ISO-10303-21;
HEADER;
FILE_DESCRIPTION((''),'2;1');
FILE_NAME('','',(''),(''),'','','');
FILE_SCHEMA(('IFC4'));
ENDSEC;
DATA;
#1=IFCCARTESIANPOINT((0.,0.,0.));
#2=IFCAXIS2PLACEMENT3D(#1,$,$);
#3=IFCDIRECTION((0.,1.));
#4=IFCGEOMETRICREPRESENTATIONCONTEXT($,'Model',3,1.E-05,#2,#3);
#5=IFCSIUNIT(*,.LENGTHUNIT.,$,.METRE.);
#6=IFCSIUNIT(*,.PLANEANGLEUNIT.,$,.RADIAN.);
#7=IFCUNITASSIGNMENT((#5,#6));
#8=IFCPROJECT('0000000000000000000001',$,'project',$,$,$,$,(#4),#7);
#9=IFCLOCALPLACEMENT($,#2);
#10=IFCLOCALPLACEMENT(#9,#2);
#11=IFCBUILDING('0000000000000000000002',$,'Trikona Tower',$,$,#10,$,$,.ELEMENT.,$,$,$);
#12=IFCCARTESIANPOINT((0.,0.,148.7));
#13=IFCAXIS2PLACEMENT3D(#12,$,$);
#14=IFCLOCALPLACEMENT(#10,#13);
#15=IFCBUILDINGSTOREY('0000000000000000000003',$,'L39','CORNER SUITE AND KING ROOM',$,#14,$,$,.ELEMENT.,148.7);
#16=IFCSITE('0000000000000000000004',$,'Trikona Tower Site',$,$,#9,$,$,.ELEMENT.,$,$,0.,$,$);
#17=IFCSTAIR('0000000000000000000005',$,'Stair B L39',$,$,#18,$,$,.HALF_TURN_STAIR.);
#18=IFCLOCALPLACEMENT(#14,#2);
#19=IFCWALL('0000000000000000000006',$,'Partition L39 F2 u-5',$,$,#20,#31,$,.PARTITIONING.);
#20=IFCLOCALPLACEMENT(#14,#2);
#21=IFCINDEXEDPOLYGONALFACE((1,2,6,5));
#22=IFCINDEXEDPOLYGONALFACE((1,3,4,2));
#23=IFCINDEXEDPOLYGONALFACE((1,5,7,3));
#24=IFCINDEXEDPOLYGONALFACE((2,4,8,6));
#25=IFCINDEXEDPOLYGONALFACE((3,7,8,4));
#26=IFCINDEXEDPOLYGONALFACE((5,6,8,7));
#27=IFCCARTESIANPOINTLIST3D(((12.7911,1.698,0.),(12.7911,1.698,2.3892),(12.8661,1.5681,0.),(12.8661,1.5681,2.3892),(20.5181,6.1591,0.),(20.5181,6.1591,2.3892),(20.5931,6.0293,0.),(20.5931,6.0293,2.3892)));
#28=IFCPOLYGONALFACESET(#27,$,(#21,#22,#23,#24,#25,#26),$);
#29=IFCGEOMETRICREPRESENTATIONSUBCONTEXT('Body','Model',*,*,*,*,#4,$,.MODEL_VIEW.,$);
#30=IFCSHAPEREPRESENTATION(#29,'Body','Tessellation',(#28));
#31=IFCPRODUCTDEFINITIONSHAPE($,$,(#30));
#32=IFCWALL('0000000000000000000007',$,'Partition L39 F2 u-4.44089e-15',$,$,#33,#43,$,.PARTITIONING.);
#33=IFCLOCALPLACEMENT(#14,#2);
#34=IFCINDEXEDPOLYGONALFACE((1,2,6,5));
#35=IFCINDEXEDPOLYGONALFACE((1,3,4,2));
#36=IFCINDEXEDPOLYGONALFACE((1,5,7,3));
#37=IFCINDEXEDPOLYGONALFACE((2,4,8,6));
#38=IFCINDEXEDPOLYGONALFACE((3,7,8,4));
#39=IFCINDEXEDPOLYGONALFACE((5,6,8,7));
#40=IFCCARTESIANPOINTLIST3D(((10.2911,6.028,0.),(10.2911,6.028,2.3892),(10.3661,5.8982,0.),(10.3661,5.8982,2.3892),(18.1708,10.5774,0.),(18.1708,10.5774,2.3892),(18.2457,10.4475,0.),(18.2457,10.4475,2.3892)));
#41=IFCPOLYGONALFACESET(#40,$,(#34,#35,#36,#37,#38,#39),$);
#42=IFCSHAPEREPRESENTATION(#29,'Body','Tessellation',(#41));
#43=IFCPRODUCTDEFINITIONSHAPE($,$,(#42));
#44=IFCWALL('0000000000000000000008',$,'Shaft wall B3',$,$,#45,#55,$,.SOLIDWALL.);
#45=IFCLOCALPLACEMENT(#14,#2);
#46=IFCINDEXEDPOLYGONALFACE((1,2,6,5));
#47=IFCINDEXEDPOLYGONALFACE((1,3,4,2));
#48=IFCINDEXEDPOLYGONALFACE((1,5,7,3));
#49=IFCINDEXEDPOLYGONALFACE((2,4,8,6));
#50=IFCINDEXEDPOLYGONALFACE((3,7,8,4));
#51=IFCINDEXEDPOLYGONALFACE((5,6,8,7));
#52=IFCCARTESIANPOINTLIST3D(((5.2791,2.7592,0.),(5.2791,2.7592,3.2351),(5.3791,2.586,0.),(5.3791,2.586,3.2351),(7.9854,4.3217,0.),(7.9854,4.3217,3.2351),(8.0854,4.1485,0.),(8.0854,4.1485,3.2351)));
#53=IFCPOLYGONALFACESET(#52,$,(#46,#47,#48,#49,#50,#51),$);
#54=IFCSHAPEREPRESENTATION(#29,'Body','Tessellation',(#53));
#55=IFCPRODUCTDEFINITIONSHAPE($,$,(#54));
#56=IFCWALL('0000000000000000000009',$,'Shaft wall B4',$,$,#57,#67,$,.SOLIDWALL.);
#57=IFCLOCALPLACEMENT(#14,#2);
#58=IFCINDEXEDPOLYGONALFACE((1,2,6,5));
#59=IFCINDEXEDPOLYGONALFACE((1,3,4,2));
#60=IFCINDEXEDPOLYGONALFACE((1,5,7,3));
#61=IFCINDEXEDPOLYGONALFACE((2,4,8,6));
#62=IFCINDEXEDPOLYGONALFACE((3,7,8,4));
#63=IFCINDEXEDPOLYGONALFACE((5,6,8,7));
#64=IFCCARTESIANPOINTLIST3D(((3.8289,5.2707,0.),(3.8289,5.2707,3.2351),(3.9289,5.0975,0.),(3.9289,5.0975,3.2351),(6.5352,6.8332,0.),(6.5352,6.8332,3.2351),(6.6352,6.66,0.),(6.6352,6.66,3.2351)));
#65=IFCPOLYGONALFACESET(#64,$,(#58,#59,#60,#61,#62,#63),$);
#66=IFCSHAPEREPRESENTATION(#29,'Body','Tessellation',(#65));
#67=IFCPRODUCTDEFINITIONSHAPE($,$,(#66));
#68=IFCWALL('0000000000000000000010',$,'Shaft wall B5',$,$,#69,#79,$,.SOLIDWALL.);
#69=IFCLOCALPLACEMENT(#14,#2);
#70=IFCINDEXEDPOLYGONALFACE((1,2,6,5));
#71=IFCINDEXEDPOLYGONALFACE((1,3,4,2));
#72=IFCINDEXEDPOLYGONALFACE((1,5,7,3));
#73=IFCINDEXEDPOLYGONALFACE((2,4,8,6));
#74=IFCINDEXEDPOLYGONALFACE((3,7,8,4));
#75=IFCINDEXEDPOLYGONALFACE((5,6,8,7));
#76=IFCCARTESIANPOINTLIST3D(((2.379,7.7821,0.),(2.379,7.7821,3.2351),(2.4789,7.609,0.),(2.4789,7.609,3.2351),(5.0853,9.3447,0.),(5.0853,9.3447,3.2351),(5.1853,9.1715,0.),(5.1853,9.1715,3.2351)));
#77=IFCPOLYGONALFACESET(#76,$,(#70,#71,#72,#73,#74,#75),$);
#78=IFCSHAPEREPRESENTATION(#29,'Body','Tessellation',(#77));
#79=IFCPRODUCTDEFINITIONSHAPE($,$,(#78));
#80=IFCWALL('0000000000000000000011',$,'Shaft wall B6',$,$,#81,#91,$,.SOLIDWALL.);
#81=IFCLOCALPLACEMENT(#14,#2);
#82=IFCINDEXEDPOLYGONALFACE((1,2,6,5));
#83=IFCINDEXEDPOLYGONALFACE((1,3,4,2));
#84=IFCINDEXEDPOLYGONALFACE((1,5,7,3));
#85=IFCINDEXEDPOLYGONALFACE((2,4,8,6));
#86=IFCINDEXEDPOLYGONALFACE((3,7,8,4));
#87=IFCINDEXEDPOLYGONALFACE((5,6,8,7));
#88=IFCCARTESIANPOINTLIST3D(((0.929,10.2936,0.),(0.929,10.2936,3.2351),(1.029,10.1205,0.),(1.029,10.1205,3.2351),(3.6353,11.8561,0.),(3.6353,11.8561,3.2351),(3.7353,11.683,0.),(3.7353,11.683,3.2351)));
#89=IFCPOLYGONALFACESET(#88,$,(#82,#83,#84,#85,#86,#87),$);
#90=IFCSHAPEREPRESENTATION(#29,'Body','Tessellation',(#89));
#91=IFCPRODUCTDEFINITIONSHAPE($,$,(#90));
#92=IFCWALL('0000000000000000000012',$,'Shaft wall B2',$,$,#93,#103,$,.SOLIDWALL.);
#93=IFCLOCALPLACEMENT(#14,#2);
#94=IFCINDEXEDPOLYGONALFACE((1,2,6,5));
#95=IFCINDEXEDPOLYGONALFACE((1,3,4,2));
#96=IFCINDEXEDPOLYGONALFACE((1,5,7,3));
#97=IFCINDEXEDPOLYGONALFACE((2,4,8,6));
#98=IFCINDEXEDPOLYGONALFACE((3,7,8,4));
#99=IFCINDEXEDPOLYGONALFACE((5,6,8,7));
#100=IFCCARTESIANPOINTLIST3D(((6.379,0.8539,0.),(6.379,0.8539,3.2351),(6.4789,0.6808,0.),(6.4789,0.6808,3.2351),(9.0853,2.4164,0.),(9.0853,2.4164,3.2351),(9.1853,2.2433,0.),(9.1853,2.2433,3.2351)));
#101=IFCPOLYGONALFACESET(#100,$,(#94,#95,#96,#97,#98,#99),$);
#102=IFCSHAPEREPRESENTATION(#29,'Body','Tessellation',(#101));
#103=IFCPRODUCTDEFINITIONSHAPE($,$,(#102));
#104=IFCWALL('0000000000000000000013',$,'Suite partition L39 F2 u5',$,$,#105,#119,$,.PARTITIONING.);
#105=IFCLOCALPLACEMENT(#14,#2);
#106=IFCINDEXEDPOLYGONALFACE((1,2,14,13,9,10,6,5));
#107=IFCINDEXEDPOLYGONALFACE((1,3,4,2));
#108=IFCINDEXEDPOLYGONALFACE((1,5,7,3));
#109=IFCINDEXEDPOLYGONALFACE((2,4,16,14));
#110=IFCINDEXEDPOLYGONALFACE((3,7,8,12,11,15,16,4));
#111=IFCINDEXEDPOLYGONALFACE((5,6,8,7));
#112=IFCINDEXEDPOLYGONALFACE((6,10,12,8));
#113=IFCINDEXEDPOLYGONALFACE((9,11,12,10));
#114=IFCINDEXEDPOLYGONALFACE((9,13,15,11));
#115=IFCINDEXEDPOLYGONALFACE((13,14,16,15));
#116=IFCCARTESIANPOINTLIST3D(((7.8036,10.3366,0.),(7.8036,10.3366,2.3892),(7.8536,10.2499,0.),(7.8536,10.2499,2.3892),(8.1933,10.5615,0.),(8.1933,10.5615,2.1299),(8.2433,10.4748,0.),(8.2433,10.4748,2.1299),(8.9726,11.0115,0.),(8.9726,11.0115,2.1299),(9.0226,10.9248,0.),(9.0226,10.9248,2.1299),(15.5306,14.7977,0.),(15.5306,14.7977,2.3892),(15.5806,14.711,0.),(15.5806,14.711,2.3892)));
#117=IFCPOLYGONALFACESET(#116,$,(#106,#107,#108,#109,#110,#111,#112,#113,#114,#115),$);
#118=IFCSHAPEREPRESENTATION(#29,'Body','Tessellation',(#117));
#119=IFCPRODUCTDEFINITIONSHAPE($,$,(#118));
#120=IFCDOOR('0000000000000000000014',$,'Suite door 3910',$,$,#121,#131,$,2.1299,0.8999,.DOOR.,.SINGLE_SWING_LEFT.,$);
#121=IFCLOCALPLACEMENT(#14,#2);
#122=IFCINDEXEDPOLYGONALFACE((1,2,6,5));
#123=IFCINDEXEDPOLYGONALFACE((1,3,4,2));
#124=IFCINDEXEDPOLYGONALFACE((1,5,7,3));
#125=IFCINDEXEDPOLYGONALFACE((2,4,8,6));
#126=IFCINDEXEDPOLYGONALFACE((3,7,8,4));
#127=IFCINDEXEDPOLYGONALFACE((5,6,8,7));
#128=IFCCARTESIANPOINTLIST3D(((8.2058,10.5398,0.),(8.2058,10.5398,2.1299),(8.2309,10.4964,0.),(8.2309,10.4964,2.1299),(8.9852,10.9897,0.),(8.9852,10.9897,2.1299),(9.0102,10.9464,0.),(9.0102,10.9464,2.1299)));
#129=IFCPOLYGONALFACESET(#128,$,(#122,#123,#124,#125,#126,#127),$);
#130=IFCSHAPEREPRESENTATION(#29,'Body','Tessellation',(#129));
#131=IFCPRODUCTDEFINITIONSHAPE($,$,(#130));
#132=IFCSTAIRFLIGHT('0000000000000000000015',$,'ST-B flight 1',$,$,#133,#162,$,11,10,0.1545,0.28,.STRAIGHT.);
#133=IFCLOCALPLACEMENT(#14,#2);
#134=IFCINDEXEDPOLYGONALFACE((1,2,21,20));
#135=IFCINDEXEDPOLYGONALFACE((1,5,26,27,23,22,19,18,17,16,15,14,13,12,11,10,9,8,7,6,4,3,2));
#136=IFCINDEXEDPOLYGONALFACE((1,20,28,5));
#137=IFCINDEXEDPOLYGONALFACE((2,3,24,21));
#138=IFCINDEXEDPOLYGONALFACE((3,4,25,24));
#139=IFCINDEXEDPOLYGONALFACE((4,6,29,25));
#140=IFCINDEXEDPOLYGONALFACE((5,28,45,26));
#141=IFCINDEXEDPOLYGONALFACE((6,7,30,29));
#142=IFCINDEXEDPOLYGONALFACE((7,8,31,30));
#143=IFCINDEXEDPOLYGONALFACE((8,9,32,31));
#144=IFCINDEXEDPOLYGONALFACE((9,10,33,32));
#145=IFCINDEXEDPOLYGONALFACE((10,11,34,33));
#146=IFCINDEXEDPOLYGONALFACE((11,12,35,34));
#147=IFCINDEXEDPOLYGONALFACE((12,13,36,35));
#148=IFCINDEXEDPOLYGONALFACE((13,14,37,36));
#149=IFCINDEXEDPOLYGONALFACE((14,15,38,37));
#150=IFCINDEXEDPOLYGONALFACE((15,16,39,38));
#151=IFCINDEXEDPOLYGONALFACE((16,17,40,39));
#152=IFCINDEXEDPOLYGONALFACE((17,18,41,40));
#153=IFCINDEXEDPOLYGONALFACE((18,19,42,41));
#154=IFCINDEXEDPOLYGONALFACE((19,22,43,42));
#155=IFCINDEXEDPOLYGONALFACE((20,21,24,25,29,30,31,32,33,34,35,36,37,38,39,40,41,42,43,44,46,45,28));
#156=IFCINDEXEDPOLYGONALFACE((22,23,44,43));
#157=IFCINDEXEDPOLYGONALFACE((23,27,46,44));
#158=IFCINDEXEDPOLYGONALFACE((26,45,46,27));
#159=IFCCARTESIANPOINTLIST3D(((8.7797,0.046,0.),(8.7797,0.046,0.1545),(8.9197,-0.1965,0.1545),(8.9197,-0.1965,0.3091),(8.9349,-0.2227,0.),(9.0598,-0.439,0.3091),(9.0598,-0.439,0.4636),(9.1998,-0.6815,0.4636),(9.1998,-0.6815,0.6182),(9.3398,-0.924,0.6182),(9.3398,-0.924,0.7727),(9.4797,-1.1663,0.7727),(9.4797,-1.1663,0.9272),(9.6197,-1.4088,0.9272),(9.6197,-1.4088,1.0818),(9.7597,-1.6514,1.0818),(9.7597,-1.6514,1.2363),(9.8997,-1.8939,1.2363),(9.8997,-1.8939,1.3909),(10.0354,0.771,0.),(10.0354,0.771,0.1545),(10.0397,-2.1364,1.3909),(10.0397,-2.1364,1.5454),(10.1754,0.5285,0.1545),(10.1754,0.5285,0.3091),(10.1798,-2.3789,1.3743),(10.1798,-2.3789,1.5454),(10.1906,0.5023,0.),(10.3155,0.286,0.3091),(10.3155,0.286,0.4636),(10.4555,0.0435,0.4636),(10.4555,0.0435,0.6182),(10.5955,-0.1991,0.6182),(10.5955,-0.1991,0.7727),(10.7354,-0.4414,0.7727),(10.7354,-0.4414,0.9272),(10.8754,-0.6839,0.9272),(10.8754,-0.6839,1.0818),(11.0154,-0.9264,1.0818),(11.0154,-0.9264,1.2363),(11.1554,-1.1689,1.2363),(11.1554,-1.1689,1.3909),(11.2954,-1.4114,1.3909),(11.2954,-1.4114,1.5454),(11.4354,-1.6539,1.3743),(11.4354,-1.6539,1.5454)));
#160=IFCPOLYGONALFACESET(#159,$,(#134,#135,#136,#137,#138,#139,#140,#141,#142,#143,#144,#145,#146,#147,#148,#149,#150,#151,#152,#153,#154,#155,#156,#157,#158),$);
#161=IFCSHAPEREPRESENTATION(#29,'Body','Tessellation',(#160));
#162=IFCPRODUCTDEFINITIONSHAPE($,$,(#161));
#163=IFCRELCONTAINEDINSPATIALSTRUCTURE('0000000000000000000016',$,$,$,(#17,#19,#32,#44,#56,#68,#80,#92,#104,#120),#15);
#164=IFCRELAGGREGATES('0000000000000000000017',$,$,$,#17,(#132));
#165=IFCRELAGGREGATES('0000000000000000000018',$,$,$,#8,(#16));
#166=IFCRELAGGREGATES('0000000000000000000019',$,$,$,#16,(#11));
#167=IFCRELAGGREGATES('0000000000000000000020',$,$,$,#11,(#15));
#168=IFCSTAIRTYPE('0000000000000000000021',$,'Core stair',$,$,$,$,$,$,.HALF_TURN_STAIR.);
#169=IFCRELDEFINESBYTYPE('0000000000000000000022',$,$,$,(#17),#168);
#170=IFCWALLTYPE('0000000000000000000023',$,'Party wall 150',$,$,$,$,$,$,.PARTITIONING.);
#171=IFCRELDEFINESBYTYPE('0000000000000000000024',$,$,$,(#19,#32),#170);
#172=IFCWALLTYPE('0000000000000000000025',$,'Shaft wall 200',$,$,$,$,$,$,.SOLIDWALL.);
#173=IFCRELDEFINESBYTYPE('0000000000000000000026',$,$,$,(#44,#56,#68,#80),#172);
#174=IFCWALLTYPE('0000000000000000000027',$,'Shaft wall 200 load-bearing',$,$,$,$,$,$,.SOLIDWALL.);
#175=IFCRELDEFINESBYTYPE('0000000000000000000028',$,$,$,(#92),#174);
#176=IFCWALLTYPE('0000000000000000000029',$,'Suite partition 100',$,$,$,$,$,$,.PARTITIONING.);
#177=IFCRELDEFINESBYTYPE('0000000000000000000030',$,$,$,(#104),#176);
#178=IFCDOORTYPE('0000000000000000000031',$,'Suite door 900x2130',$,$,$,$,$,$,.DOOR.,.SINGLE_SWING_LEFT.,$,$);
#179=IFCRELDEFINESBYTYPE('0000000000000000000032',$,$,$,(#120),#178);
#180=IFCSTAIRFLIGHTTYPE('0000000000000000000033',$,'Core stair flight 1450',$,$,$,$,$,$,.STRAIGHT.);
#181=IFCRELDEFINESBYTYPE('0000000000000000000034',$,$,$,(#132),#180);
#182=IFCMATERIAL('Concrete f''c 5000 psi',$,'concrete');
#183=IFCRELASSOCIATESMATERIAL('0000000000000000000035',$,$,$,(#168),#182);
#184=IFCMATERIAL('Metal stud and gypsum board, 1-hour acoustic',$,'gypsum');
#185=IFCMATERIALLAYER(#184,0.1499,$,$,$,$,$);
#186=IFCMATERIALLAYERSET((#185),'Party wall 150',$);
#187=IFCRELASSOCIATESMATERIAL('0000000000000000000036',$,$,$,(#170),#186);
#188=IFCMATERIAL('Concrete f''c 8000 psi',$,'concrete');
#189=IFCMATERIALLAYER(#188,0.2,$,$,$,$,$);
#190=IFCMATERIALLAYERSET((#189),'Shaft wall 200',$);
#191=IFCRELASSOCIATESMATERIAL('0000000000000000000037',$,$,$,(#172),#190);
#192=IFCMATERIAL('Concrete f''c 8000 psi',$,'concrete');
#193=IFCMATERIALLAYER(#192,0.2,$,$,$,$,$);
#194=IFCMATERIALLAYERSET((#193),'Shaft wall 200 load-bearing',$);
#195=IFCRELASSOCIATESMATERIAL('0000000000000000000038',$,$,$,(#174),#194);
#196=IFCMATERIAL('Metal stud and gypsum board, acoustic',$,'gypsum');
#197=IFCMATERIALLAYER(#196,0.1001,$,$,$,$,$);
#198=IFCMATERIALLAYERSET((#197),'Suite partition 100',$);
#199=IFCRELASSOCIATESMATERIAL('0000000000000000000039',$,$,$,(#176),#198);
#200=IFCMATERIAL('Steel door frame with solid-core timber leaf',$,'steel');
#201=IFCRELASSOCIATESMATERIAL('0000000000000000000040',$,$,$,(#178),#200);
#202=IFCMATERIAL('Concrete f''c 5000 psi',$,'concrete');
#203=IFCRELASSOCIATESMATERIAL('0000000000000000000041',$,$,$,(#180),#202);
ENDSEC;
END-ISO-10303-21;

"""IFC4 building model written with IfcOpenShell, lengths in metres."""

from ifc_helpers import new_model, si_unit, direction, frame, frame_2d, origin, place, context, subcontext, project, spatial, polyline, rectangle, outline, extrude, material, layer, layer_set, type_object, element, fill, aggregate, save


model = new_model("IFC4")

# Units and contexts
model_context = context("Model", 3, precision=1e-05, world=origin(), true_north=direction((0.0, 1.0)))
body_context = subcontext(model_context, "Body", "Model", "MODEL_VIEW")
ifc_project = project(units=[si_unit("LENGTHUNIT", "METRE"), si_unit("PLANEANGLEUNIT", "RADIAN")], contexts=[model_context])

# Site, building, storey
site_placement = place(None, origin())
site = spatial("IfcSite", under=ifc_project, at=site_placement, Name="Trikona Tower Site", CompositionType="ELEMENT", RefElevation=0.0)
building_placement = place(site_placement, origin())
building = spatial("IfcBuilding", under=site, at=building_placement, Name="Trikona Tower", CompositionType="ELEMENT")
storey_placement = place(building_placement, frame((0.0, 0.0, 148.7)))
storey = spatial("IfcBuildingStorey", under=building, at=storey_placement, Name="L39", Description="CORNER SUITE AND KING ROOM", CompositionType="ELEMENT", Elevation=148.7)

# Stair
ifc_material_1 = material(Name="Concrete f'c 5000 psi", Category="concrete")
stair_type = type_object("IfcStairType", Name="Core stair", PredefinedType="HALF_TURN_STAIR", material=ifc_material_1)
stair_1_placement = place(storey_placement, origin())
stair_1 = element("IfcStair", 1, at=stair_1_placement, inside=storey, type_object=stair_type, Name="Stair B L39", PredefinedType="HALF_TURN_STAIR")

# Walls
ifc_material_2 = material(Name="Metal stud and gypsum board, 1-hour acoustic", Category="gypsum")
ifc_layer_1 = layer(ifc_material_2, 0.1499)
ifc_layer_set_1 = layer_set([ifc_layer_1], Name="Party wall 150")
wall_type_1 = type_object("IfcWallType", Name="Party wall 150", PredefinedType="PARTITIONING", material=ifc_layer_set_1)
wall_1_placement = place(storey_placement, frame((12.8286, 1.6331, 0.0), z_axis=(0.0, 0.0, 1.0), x_axis=(0.866027, 0.499997, 0.0)))
element("IfcWall", 2, at=wall_1_placement, inside=storey, type_object=wall_type_1, Name="Partition L39 F2 u-5", PredefinedType="PARTITIONING", context=body_context, shape_type="SweptSolid", body=[
    extrude(rectangle(XDim=8.9224, YDim=0.1499, at=frame_2d((4.4612, 0.0))), origin(), (0.0, 0.0, 1.0), 2.3892),
])
wall_2_placement = place(storey_placement, frame((10.3286, 5.9631, 0.0), z_axis=(0.0, 0.0, 1.0), x_axis=(0.866025, 0.5, 0.0)))
element("IfcWall", 3, at=wall_2_placement, inside=storey, type_object=wall_type_1, Name="Partition L39 F2 u-4.44089e-15", PredefinedType="PARTITIONING", context=body_context, shape_type="SweptSolid", body=[
    extrude(rectangle(XDim=9.0986, YDim=0.1499, at=frame_2d((4.5493, 0.0))), origin(), (0.0, 0.0, 1.0), 2.3892),
])
ifc_material_3 = material(Name="Concrete f'c 8000 psi", Category="concrete")
ifc_layer_2 = layer(ifc_material_3, 0.2)
ifc_layer_set_2 = layer_set([ifc_layer_2], Name="Shaft wall 200")
wall_type_2 = type_object("IfcWallType", Name="Shaft wall 200", PredefinedType="SOLIDWALL", material=ifc_layer_set_2)
for number, where, z_axis, x_axis, name in (
    (4, (5.3291, 2.6726, 0.0), (0.0, 0.0, 1.0), (0.866023, 0.500004, 0.0), "Shaft wall B3"),
    (5, (3.8789, 5.1841, 0.0), (0.0, 0.0, 1.0), (0.866023, 0.500004, 0.0), "Shaft wall B4"),
    (6, (2.429, 7.6956, 0.0), (0.0, 0.0, 1.0), (0.866023, 0.500004, 0.0), "Shaft wall B5"),
    (7, (0.979, 10.207, 0.0), (0.0, 0.0, 1.0), (0.866023, 0.500004, 0.0), "Shaft wall B6"),
):
    element("IfcWall", number, at=place(storey_placement, frame(where, z_axis=z_axis, x_axis=x_axis)), inside=storey, type_object=wall_type_2, Name=name, PredefinedType="SOLIDWALL", context=body_context, shape_type="SweptSolid", body=[
        extrude(rectangle(XDim=3.125, YDim=0.2, at=frame_2d((1.5625, 0.0))), origin(), (0.0, 0.0, 1.0), 3.2351),
    ])
ifc_material_4 = material(Name="Concrete f'c 8000 psi", Category="concrete")
ifc_layer_3 = layer(ifc_material_4, 0.2)
ifc_layer_set_3 = layer_set([ifc_layer_3], Name="Shaft wall 200 load-bearing")
wall_type_3 = type_object("IfcWallType", Name="Shaft wall 200 load-bearing", PredefinedType="SOLIDWALL", material=ifc_layer_set_3)
wall_3_placement = place(storey_placement, frame((6.429, 0.7673, 0.0), z_axis=(0.0, 0.0, 1.0), x_axis=(0.866023, 0.500004, 0.0)))
element("IfcWall", 8, at=wall_3_placement, inside=storey, type_object=wall_type_3, Name="Shaft wall B2", PredefinedType="SOLIDWALL", context=body_context, shape_type="SweptSolid", body=[
    extrude(rectangle(XDim=3.125, YDim=0.2, at=frame_2d((1.5625, 0.0))), origin(), (0.0, 0.0, 1.0), 3.2351),
])

# Wall, opening, door
ifc_material_5 = material(Name="Metal stud and gypsum board, acoustic", Category="gypsum")
ifc_layer_4 = layer(ifc_material_5, 0.1001)
ifc_layer_set_4 = layer_set([ifc_layer_4], Name="Suite partition 100")
wall_type_4 = type_object("IfcWallType", Name="Suite partition 100", PredefinedType="PARTITIONING", material=ifc_layer_set_4)
wall_4_placement = place(storey_placement, frame((7.8286, 10.2932, 0.0), z_axis=(0.0, 0.0, 1.0), x_axis=(0.866027, 0.499997, 0.0)))
wall_4 = element("IfcWall", 9, at=wall_4_placement, inside=storey, type_object=wall_type_4, Name="Suite partition L39 F2 u5", PredefinedType="PARTITIONING", context=body_context, shape_type="SweptSolid", body=[
    extrude(rectangle(XDim=8.9224, YDim=0.1001, at=frame_2d((4.4612, 0.0))), origin(), (0.0, 0.0, 1.0), 2.3892),
])
opening_1_placement = place(wall_4_placement, frame((0.45, 0.0, 0.0)))
opening_1 = element("IfcOpeningElement", 10, at=opening_1_placement, cuts=wall_4, PredefinedType="OPENING", context=body_context, shape_type="SweptSolid", body=[
    extrude(rectangle(XDim=0.8999, YDim=2.1299, at=frame_2d((0.45, 1.0649))), frame((0.0, 0.0601, 0.0), z_axis=(0.0, -1.0, 0.0), x_axis=(1.0, 0.0, 0.0)), (0.0, 0.0, 1.0), 0.1201),
])
ifc_material_6 = material(Name="Steel door frame with solid-core timber leaf", Category="steel")
door_type_1 = type_object("IfcDoorType", Name="Suite door 900x2130", OperationType="SINGLE_SWING_LEFT", PredefinedType="DOOR", material=ifc_material_6)
door_1_placement = place(opening_1_placement, origin())
door_1 = element("IfcDoor", 11, at=door_1_placement, inside=storey, type_object=door_type_1, Name="Suite door 3910", OperationType="SINGLE_SWING_LEFT", OverallHeight=2.1299, OverallWidth=0.8999, PredefinedType="DOOR", context=body_context, shape_type="SweptSolid", body=[
    extrude(rectangle(XDim=0.8999, YDim=2.1299, at=frame_2d((0.45, 1.0649))), frame((0.0, 0.0249, 0.0), z_axis=(0.0, -1.0, 0.0), x_axis=(1.0, 0.0, 0.0)), (0.0, 0.0, 1.0), 0.05),
])
fill(opening_1, door_1)

# Stair flight
ifc_material_7 = material(Name="Concrete f'c 5000 psi", Category="concrete")
stair_flight_type = type_object("IfcStairFlightType", Name="Core stair flight 1450", PredefinedType="STRAIGHT", material=ifc_material_7)
stair_flight_placement = place(storey_placement, frame((9.4075, 0.4084, 0.0), z_axis=(0.0, 0.0, 1.0), x_axis=(0.5, -0.866025, 0.0)))
stair_flight = element("IfcStairFlight", 12, at=stair_flight_placement, type_object=stair_flight_type, Name="ST-B flight 1", NumberOfRisers=11, NumberOfTreads=10, PredefinedType="STRAIGHT", RiserHeight=0.1545, TreadLength=0.28, context=body_context, shape_type="SweptSolid", body=[
    extrude(outline(polyline([(0.0, 0.0), (0.0, 0.1545), (0.28, 0.1545), (0.28, 0.3091), (0.5601, 0.3091), (0.5601, 0.4636), (0.8401, 0.4636), (0.8401, 0.6182), (1.1201, 0.6182), (1.1201, 0.7727), (1.3999, 0.7727), (1.3999, 0.9272), (1.6799, 0.9272), (1.6799, 1.0818), (1.96, 1.0818), (1.96, 1.2363), (2.24, 1.2363), (2.24, 1.3909), (2.52, 1.3909), (2.52, 1.5454), (2.8, 1.5454), (2.8, 1.7), (2.8, 1.3743), (0.3103, 0.0), (0.0, 0.0)])), frame((0.0, 0.7251, 0.0), z_axis=(0.0, -1.0, 0.0), x_axis=(1.0, 0.0, 0.0)), (0.0, 0.0, 1.0), 1.45),
])
aggregate(stair_1, [stair_flight])

save(model, "model.ifc")
